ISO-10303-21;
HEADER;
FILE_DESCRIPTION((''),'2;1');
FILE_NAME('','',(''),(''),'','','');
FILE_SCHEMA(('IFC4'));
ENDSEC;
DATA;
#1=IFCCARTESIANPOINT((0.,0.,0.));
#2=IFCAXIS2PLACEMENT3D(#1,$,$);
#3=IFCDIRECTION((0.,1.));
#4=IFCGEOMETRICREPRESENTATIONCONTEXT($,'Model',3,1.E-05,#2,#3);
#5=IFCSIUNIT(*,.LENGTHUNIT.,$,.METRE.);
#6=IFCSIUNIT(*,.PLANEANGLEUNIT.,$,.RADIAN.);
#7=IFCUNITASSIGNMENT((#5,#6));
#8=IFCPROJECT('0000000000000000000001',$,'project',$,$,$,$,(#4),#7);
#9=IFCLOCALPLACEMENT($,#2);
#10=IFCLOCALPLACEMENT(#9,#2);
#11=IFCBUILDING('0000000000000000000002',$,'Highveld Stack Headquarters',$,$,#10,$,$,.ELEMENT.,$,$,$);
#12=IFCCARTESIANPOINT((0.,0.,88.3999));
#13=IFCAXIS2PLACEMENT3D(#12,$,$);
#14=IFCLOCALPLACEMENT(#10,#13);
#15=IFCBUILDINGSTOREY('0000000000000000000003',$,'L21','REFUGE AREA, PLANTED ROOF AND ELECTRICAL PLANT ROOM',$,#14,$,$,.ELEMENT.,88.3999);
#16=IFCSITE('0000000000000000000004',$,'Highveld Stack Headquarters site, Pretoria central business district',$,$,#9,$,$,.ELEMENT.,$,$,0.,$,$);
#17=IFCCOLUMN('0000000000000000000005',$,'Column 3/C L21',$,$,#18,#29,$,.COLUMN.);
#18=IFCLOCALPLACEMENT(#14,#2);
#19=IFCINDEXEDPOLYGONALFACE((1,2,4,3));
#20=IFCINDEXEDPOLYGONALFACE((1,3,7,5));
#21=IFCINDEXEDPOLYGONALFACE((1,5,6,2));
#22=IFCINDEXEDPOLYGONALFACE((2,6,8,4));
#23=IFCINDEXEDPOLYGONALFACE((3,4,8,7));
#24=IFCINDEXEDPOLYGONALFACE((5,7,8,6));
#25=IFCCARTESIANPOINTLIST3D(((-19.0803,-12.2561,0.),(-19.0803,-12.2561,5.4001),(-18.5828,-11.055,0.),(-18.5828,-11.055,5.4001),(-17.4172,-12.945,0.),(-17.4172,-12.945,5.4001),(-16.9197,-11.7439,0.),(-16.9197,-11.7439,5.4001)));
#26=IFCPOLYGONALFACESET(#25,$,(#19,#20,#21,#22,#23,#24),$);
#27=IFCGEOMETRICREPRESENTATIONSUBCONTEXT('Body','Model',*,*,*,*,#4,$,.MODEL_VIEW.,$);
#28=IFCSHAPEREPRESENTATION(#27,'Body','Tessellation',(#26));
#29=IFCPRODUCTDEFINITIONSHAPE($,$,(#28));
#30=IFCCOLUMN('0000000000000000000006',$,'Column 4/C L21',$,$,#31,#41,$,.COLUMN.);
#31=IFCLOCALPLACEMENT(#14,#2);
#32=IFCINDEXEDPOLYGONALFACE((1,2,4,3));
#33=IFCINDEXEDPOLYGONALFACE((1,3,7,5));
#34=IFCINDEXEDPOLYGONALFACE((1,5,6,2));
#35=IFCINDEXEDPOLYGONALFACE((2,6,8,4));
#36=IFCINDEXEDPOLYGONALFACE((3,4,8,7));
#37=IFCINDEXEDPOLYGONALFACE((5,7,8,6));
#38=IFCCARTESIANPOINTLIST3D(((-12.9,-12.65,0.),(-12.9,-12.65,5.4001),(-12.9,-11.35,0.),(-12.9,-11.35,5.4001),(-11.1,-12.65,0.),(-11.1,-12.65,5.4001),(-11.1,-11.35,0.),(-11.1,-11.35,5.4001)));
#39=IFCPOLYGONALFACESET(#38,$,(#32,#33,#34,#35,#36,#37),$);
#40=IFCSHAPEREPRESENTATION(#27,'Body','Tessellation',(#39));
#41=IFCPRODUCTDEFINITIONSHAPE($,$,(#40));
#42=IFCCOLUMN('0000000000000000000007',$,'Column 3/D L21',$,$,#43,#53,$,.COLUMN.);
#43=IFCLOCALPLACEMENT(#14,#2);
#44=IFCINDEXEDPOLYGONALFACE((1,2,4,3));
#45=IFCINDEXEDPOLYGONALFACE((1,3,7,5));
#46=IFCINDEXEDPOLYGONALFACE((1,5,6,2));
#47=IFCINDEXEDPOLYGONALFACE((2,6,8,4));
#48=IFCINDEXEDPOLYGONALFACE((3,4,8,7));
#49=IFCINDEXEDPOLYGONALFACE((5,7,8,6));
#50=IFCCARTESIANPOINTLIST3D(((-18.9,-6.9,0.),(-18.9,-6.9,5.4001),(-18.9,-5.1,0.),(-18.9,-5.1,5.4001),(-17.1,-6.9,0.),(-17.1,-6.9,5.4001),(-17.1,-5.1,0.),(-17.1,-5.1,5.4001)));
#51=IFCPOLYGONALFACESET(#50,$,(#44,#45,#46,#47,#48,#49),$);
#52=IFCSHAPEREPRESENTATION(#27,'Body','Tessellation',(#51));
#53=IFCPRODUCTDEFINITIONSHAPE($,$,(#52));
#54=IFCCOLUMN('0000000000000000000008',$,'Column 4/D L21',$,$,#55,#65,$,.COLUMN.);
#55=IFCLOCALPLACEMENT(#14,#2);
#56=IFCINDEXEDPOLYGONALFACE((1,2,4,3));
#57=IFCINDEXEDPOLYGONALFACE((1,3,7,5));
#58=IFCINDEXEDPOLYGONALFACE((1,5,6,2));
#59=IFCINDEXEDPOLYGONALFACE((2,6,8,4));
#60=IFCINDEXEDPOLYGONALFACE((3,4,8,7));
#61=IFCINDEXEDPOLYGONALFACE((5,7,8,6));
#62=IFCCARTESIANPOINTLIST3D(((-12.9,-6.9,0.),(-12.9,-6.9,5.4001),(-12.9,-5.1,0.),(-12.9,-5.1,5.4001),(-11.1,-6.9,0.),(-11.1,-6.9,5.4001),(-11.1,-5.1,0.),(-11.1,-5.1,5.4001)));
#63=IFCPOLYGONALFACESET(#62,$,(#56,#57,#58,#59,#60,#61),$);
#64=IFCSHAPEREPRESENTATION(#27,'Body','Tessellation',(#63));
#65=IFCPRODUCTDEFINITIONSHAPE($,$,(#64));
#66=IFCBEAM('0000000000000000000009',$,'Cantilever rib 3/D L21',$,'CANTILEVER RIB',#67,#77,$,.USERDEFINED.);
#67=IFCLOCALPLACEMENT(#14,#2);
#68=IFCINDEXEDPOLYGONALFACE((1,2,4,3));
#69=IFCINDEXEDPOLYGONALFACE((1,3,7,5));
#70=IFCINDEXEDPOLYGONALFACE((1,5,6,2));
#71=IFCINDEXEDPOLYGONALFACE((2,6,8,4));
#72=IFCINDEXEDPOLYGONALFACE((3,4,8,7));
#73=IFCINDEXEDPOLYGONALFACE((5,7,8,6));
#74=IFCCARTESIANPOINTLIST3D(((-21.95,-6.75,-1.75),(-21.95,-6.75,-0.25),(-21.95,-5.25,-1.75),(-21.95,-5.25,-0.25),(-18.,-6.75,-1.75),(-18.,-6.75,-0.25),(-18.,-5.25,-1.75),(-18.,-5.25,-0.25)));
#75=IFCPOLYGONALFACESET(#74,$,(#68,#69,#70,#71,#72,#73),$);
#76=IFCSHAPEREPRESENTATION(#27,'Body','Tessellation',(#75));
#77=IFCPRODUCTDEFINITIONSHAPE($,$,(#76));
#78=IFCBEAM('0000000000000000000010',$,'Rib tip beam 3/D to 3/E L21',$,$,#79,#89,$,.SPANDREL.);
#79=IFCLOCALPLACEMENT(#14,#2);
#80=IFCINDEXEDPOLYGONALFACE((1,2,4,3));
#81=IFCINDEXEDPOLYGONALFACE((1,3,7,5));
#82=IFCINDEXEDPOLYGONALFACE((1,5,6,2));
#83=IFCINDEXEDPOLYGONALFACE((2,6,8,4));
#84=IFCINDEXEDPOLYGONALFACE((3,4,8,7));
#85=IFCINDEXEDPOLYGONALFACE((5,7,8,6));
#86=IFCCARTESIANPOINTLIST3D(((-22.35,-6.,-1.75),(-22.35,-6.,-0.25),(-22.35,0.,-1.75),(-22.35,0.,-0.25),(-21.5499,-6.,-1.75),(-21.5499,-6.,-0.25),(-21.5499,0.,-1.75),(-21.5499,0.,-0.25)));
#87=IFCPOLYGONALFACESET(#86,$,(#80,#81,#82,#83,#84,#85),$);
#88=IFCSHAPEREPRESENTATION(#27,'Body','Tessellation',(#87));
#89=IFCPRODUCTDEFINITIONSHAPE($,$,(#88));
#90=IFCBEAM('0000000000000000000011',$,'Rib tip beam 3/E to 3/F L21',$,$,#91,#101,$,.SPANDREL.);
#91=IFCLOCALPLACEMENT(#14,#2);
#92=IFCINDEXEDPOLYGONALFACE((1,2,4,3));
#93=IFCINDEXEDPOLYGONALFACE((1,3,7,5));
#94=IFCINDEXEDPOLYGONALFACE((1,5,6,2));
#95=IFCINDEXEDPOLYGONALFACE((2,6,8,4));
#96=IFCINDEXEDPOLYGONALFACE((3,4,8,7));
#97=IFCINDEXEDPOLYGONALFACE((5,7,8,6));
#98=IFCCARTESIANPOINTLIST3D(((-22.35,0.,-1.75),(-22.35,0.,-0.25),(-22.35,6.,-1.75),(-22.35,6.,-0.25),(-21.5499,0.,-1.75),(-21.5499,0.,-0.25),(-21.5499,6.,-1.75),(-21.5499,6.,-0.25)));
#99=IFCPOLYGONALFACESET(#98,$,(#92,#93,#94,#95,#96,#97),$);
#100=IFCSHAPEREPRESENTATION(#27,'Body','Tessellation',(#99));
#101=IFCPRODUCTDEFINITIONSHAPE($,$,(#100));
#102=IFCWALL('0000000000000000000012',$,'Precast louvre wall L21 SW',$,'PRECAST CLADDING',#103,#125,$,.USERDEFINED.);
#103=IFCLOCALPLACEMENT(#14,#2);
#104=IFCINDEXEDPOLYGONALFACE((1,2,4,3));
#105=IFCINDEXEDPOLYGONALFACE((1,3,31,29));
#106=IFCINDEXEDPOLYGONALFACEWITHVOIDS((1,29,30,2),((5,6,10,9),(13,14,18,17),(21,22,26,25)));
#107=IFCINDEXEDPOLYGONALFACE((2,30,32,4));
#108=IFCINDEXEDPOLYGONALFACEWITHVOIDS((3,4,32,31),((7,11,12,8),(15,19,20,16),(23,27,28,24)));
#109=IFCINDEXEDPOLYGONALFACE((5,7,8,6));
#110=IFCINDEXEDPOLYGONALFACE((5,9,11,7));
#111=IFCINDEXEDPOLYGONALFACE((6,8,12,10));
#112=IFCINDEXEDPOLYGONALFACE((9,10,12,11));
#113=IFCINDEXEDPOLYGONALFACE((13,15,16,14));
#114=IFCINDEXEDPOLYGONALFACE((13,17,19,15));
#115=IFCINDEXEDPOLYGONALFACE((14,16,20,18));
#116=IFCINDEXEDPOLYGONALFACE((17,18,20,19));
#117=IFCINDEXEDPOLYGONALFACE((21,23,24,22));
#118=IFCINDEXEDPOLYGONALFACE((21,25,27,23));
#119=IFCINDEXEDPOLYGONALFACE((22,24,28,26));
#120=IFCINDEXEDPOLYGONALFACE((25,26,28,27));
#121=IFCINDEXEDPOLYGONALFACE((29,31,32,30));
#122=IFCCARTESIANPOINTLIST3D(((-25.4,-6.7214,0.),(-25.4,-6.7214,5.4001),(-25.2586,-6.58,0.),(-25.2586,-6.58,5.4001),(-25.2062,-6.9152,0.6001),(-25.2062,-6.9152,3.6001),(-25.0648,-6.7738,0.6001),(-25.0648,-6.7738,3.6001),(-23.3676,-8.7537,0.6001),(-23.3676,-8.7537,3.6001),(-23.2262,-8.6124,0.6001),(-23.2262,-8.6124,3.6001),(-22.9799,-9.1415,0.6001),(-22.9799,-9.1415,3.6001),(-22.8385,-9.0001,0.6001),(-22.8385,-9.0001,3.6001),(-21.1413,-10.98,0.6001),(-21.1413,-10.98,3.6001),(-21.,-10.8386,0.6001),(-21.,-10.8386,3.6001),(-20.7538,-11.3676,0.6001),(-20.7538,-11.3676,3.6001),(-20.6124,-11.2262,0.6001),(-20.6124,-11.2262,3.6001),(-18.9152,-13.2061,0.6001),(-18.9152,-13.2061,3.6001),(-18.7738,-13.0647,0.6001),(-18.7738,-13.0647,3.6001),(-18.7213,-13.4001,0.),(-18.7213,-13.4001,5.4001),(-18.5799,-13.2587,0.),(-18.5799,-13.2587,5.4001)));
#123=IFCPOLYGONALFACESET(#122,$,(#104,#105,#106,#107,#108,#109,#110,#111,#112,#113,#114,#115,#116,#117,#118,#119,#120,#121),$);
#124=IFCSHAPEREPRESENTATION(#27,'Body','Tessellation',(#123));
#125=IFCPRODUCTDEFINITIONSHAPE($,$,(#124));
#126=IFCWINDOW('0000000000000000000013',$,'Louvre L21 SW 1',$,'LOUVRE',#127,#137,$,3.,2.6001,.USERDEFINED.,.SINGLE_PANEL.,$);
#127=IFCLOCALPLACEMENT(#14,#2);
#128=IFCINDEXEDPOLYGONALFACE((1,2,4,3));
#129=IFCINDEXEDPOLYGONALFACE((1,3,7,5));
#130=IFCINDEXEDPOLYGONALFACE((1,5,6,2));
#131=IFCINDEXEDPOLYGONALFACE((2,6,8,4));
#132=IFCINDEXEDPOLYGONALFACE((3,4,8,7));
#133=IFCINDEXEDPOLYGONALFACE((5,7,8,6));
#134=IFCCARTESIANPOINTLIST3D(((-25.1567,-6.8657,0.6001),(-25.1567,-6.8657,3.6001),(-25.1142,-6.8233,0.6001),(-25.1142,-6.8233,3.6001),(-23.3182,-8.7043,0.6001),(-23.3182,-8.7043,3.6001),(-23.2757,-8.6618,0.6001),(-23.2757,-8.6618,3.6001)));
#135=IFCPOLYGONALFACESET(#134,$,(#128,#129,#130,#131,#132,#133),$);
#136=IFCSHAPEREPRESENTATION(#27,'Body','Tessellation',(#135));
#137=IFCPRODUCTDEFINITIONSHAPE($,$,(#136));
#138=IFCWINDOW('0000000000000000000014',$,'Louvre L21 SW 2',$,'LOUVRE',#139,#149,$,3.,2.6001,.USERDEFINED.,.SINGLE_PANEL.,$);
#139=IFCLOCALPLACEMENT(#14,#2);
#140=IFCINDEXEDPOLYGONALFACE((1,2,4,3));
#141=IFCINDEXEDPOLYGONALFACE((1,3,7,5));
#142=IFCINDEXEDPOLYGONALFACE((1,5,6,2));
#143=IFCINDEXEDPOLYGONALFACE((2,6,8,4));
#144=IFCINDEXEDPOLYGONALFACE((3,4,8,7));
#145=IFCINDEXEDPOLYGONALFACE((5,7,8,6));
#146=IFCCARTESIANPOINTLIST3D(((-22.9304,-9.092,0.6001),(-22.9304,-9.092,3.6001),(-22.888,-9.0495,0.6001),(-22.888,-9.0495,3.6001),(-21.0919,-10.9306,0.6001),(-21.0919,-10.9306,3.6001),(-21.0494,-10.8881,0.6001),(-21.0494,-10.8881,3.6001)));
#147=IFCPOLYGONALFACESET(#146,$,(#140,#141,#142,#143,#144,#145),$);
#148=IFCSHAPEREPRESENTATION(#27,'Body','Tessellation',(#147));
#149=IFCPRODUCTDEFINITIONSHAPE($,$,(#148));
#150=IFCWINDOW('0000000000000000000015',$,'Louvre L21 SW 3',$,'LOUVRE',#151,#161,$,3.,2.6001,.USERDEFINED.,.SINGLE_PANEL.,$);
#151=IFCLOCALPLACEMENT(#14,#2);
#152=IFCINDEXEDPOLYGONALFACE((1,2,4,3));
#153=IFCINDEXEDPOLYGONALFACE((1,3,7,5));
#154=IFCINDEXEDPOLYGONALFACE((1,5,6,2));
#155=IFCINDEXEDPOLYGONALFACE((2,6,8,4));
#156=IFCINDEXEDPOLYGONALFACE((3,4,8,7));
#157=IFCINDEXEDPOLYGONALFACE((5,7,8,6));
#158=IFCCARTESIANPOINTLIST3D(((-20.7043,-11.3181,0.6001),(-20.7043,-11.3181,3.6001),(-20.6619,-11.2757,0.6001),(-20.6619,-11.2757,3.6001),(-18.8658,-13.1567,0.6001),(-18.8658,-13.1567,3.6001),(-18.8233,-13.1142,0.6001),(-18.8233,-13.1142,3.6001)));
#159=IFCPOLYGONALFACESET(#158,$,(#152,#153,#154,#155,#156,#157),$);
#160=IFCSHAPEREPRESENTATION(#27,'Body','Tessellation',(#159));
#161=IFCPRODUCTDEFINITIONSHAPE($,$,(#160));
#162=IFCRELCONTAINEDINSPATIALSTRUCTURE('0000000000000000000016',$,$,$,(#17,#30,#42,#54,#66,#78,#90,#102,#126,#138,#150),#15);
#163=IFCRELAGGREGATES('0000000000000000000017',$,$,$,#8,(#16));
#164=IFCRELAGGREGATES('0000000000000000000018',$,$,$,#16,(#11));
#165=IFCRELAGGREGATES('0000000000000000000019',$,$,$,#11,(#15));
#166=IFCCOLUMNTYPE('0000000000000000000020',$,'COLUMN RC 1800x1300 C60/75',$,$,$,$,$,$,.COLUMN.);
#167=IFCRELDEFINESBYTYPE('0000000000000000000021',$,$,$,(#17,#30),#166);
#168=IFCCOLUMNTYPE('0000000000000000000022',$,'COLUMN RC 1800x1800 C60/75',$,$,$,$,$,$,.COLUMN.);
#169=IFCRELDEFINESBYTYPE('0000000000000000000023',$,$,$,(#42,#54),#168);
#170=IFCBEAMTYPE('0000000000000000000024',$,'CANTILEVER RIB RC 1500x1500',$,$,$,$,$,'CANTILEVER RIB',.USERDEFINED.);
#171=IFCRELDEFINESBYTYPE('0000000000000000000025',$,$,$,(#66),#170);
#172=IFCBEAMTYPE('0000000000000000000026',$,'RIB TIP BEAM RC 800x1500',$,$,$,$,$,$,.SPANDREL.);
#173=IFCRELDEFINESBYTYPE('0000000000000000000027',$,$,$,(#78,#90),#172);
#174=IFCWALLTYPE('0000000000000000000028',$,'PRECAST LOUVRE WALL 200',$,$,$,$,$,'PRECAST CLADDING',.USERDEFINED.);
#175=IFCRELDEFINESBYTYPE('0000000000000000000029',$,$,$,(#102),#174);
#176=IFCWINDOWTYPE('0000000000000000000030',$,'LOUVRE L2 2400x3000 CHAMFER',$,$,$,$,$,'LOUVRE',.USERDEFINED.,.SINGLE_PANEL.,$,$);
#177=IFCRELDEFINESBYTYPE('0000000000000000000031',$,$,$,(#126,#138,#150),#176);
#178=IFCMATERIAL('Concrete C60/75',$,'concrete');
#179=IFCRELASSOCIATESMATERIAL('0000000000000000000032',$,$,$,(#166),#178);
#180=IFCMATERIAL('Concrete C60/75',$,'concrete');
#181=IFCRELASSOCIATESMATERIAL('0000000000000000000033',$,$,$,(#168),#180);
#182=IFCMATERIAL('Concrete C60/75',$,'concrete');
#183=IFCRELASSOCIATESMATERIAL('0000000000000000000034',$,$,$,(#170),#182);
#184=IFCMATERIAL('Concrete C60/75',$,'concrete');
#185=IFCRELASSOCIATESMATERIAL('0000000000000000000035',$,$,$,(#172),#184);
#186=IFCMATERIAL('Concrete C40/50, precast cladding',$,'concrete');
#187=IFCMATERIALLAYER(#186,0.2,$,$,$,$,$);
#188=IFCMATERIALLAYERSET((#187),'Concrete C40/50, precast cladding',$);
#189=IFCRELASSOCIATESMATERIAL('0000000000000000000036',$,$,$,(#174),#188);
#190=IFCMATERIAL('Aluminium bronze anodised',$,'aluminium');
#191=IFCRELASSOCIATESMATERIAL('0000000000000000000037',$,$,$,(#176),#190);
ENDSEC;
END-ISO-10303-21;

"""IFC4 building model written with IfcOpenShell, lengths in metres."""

from ifc_helpers import new_model, si_unit, direction, frame, frame_2d, origin, origin_2d, place, context, subcontext, project, spatial, rectangle, extrude, material, layer, layer_set, material_profile, profile_set, type_object, element, fill, save


model = new_model("IFC4")

# Units and contexts
model_context = context("Model", 3, precision=1e-05, world=origin(), true_north=direction((0.0, 1.0)))
body_context = subcontext(model_context, "Body", "Model", "MODEL_VIEW")
ifc_project = project(units=[si_unit("LENGTHUNIT", "METRE"), si_unit("PLANEANGLEUNIT", "RADIAN")], contexts=[model_context])

# Site, building, storey
site_placement = place(None, origin())
site = spatial("IfcSite", under=ifc_project, at=site_placement, Name="Highveld Stack Headquarters site, Pretoria central business district", CompositionType="ELEMENT", RefElevation=0.0)
building_placement = place(site_placement, origin())
building = spatial("IfcBuilding", under=site, at=building_placement, Name="Highveld Stack Headquarters", CompositionType="ELEMENT")
storey_placement = place(building_placement, frame((0.0, 0.0, 88.3999)))
storey = spatial("IfcBuildingStorey", under=building, at=storey_placement, Name="L21", Description="REFUGE AREA, PLANTED ROOF AND ELECTRICAL PLANT ROOM", CompositionType="ELEMENT", Elevation=88.3999)

# Columns
ifc_material_1 = material(Name="Concrete C60/75", Category="concrete")
ifc_material_profile_1 = material_profile(ifc_material_1, rectangle(XDim=1.8, YDim=1.3, at=origin_2d()), Name="RC 1800x1300")
ifc_profile_set_1 = profile_set([ifc_material_profile_1], Name="Concrete C60/75")
column_type_1 = type_object("IfcColumnType", Name="COLUMN RC 1800x1300 C60/75", PredefinedType="COLUMN", material=ifc_profile_set_1)
for number, where, z_axis, x_axis, name in (
    (1, (-18.0, -12.0, 0.0), (0.0, 0.0, 1.0), (-0.92388, 0.382683, 0.0), "Column 3/C L21"),
    (2, (-12.0, -12.0, 0.0), (0.0, 0.0, 1.0), (1.0, 0.0, 0.0), "Column 4/C L21"),
):
    element("IfcColumn", number, at=place(storey_placement, frame(where, z_axis=z_axis, x_axis=x_axis)), inside=storey, type_object=column_type_1, Name=name, PredefinedType="COLUMN", context=body_context, shape_type="SweptSolid", body=[
        extrude(rectangle(XDim=1.8, YDim=1.3, at=origin_2d()), origin(), (0.0, 0.0, 1.0), 5.4001),
    ])
ifc_material_2 = material(Name="Concrete C60/75", Category="concrete")
ifc_material_profile_2 = material_profile(ifc_material_2, rectangle(XDim=1.8, YDim=1.8, at=origin_2d()), Name="RC 1800x1800")
ifc_profile_set_2 = profile_set([ifc_material_profile_2], Name="Concrete C60/75")
column_type_2 = type_object("IfcColumnType", Name="COLUMN RC 1800x1800 C60/75", PredefinedType="COLUMN", material=ifc_profile_set_2)
for number, where, z_axis, x_axis, name in (
    (3, (-18.0, -6.0, 0.0), (0.0, 0.0, 1.0), (1.0, 0.0, 0.0), "Column 3/D L21"),
    (4, (-12.0, -6.0, 0.0), (0.0, 0.0, 1.0), (1.0, 0.0, 0.0), "Column 4/D L21"),
):
    element("IfcColumn", number, at=place(storey_placement, frame(where, z_axis=z_axis, x_axis=x_axis)), inside=storey, type_object=column_type_2, Name=name, PredefinedType="COLUMN", context=body_context, shape_type="SweptSolid", body=[
        extrude(rectangle(XDim=1.8, YDim=1.8, at=origin_2d()), origin(), (0.0, 0.0, 1.0), 5.4001),
    ])

# Beams
ifc_material_3 = material(Name="Concrete C60/75", Category="concrete")
ifc_material_profile_3 = material_profile(ifc_material_3, rectangle(XDim=1.5, YDim=1.5, at=origin_2d()), Name="RC 1500x1500")
ifc_profile_set_3 = profile_set([ifc_material_profile_3], Name="Concrete C60/75")
beam_type_1 = type_object("IfcBeamType", Name="CANTILEVER RIB RC 1500x1500", ElementType="CANTILEVER RIB", PredefinedType="USERDEFINED", material=ifc_profile_set_3)
beam_placement = place(storey_placement, frame((-18.0, -6.0, -1.0), z_axis=(-1.0, 0.0, 0.0), x_axis=(0.0, -1.0, 0.0)))
element("IfcBeam", 5, at=beam_placement, inside=storey, type_object=beam_type_1, Name="Cantilever rib 3/D L21", ObjectType="CANTILEVER RIB", PredefinedType="USERDEFINED", context=body_context, shape_type="SweptSolid", body=[
    extrude(rectangle(XDim=1.5, YDim=1.5, at=origin_2d()), origin(), (0.0, 0.0, 1.0), 3.95),
])
ifc_material_4 = material(Name="Concrete C60/75", Category="concrete")
ifc_material_profile_4 = material_profile(ifc_material_4, rectangle(XDim=0.8, YDim=1.5, at=origin_2d()), Name="RC 800x1500")
ifc_profile_set_4 = profile_set([ifc_material_profile_4], Name="Concrete C60/75")
beam_type_2 = type_object("IfcBeamType", Name="RIB TIP BEAM RC 800x1500", PredefinedType="SPANDREL", material=ifc_profile_set_4)
for number, where, z_axis, x_axis, name in (
    (6, (-21.95, -6.0, -1.0), (0.0, 1.0, 0.0), (-1.0, 0.0, 0.0), "Rib tip beam 3/D to 3/E L21"),
    (7, (-21.95, 0.0, -1.0), (0.0, 1.0, 0.0), (-1.0, 0.0, 0.0), "Rib tip beam 3/E to 3/F L21"),
):
    element("IfcBeam", number, at=place(storey_placement, frame(where, z_axis=z_axis, x_axis=x_axis)), inside=storey, type_object=beam_type_2, Name=name, PredefinedType="SPANDREL", context=body_context, shape_type="SweptSolid", body=[
        extrude(rectangle(XDim=0.8, YDim=1.5, at=origin_2d()), origin(), (0.0, 0.0, 1.0), 6.0),
    ])

# Shared definitions
ifc_material_5 = material(Name="Concrete C40/50, precast cladding", Category="concrete")
ifc_layer = layer(ifc_material_5, 0.2)
ifc_layer_set = layer_set([ifc_layer], Name="Concrete C40/50, precast cladding")
wall_type = type_object("IfcWallType", Name="PRECAST LOUVRE WALL 200", ElementType="PRECAST CLADDING", PredefinedType="USERDEFINED", material=ifc_layer_set)

# Wall, openings, windows
wall_1_placement = place(storey_placement, frame((-25.3293, -6.6506, 0.0), z_axis=(0.0, 0.0, 1.0), x_axis=(0.707107, -0.707107, 0.0)))
wall_1 = element("IfcWall", 8, at=wall_1_placement, inside=storey, type_object=wall_type, Name="Precast louvre wall L21 SW", ObjectType="PRECAST CLADDING", PredefinedType="USERDEFINED", context=body_context, shape_type="SweptSolid", body=[
    extrude(rectangle(XDim=9.4451, YDim=0.2, at=frame_2d((4.7227, 0.0))), origin(), (0.0, 0.0, 1.0), 5.4001),
])
opening_1_placement = place(wall_1_placement, frame((0.2742, 0.0, 0.6001)))
opening_1 = element("IfcOpeningElement", 9, at=opening_1_placement, cuts=wall_1, PredefinedType="OPENING", context=body_context, shape_type="SweptSolid", body=[
    extrude(rectangle(XDim=2.6001, YDim=3.0, at=frame_2d((1.3, 1.5))), frame((0.0, 0.1099, 0.0), z_axis=(0.0, -1.0, 0.0), x_axis=(1.0, 0.0, 0.0)), (0.0, 0.0, 1.0), 0.22),
])
opening_2_placement = place(wall_1_placement, frame((3.4226, 0.0, 0.6001)))
opening_2 = element("IfcOpeningElement", 10, at=opening_2_placement, cuts=wall_1, PredefinedType="OPENING", context=body_context, shape_type="SweptSolid", body=[
    extrude(rectangle(XDim=2.6001, YDim=3.0, at=frame_2d((1.3, 1.5))), frame((0.0, 0.1099, 0.0), z_axis=(0.0, -1.0, 0.0), x_axis=(1.0, 0.0, 0.0)), (0.0, 0.0, 1.0), 0.22),
])
opening_3_placement = place(wall_1_placement, frame((6.5708, 0.0, 0.6001)))
opening_3 = element("IfcOpeningElement", 11, at=opening_3_placement, cuts=wall_1, PredefinedType="OPENING", context=body_context, shape_type="SweptSolid", body=[
    extrude(rectangle(XDim=2.6001, YDim=3.0, at=frame_2d((1.3, 1.5))), frame((0.0, 0.1099, 0.0), z_axis=(0.0, -1.0, 0.0), x_axis=(1.0, 0.0, 0.0)), (0.0, 0.0, 1.0), 0.22),
])
ifc_material_6 = material(Name="Aluminium bronze anodised", Category="aluminium")
window_type_1 = type_object("IfcWindowType", Name="LOUVRE L2 2400x3000 CHAMFER", ElementType="LOUVRE", PartitioningType="SINGLE_PANEL", PredefinedType="USERDEFINED", material=ifc_material_6)
window_1_placement = place(opening_1_placement, origin())
window_1 = element("IfcWindow", 12, at=window_1_placement, inside=storey, type_object=window_type_1, Name="Louvre L21 SW 1", ObjectType="LOUVRE", OverallHeight=3.0, OverallWidth=2.6001, PartitioningType="SINGLE_PANEL", PredefinedType="USERDEFINED", context=body_context, shape_type="SweptSolid", body=[
    extrude(rectangle(XDim=2.6001, YDim=3.0, at=frame_2d((1.3, 1.5))), frame((0.0, 0.03, 0.0), z_axis=(0.0, -1.0, 0.0), x_axis=(1.0, 0.0, 0.0)), (0.0, 0.0, 1.0), 0.0601),
])
fill(opening_1, window_1)
window_2_placement = place(opening_2_placement, origin())
window_2 = element("IfcWindow", 13, at=window_2_placement, inside=storey, type_object=window_type_1, Name="Louvre L21 SW 2", ObjectType="LOUVRE", OverallHeight=3.0, OverallWidth=2.6001, PartitioningType="SINGLE_PANEL", PredefinedType="USERDEFINED", context=body_context, shape_type="SweptSolid", body=[
    extrude(rectangle(XDim=2.6001, YDim=3.0, at=frame_2d((1.3, 1.5))), frame((0.0, 0.03, 0.0), z_axis=(0.0, -1.0, 0.0), x_axis=(1.0, 0.0, 0.0)), (0.0, 0.0, 1.0), 0.0601),
])
fill(opening_2, window_2)
window_3_placement = place(opening_3_placement, origin())
window_3 = element("IfcWindow", 14, at=window_3_placement, inside=storey, type_object=window_type_1, Name="Louvre L21 SW 3", ObjectType="LOUVRE", OverallHeight=3.0, OverallWidth=2.6001, PartitioningType="SINGLE_PANEL", PredefinedType="USERDEFINED", context=body_context, shape_type="SweptSolid", body=[
    extrude(rectangle(XDim=2.6001, YDim=3.0, at=frame_2d((1.3, 1.5))), frame((0.0, 0.03, 0.0), z_axis=(0.0, -1.0, 0.0), x_axis=(1.0, 0.0, 0.0)), (0.0, 0.0, 1.0), 0.0601),
])
fill(opening_3, window_3)

save(model, "model.ifc")
